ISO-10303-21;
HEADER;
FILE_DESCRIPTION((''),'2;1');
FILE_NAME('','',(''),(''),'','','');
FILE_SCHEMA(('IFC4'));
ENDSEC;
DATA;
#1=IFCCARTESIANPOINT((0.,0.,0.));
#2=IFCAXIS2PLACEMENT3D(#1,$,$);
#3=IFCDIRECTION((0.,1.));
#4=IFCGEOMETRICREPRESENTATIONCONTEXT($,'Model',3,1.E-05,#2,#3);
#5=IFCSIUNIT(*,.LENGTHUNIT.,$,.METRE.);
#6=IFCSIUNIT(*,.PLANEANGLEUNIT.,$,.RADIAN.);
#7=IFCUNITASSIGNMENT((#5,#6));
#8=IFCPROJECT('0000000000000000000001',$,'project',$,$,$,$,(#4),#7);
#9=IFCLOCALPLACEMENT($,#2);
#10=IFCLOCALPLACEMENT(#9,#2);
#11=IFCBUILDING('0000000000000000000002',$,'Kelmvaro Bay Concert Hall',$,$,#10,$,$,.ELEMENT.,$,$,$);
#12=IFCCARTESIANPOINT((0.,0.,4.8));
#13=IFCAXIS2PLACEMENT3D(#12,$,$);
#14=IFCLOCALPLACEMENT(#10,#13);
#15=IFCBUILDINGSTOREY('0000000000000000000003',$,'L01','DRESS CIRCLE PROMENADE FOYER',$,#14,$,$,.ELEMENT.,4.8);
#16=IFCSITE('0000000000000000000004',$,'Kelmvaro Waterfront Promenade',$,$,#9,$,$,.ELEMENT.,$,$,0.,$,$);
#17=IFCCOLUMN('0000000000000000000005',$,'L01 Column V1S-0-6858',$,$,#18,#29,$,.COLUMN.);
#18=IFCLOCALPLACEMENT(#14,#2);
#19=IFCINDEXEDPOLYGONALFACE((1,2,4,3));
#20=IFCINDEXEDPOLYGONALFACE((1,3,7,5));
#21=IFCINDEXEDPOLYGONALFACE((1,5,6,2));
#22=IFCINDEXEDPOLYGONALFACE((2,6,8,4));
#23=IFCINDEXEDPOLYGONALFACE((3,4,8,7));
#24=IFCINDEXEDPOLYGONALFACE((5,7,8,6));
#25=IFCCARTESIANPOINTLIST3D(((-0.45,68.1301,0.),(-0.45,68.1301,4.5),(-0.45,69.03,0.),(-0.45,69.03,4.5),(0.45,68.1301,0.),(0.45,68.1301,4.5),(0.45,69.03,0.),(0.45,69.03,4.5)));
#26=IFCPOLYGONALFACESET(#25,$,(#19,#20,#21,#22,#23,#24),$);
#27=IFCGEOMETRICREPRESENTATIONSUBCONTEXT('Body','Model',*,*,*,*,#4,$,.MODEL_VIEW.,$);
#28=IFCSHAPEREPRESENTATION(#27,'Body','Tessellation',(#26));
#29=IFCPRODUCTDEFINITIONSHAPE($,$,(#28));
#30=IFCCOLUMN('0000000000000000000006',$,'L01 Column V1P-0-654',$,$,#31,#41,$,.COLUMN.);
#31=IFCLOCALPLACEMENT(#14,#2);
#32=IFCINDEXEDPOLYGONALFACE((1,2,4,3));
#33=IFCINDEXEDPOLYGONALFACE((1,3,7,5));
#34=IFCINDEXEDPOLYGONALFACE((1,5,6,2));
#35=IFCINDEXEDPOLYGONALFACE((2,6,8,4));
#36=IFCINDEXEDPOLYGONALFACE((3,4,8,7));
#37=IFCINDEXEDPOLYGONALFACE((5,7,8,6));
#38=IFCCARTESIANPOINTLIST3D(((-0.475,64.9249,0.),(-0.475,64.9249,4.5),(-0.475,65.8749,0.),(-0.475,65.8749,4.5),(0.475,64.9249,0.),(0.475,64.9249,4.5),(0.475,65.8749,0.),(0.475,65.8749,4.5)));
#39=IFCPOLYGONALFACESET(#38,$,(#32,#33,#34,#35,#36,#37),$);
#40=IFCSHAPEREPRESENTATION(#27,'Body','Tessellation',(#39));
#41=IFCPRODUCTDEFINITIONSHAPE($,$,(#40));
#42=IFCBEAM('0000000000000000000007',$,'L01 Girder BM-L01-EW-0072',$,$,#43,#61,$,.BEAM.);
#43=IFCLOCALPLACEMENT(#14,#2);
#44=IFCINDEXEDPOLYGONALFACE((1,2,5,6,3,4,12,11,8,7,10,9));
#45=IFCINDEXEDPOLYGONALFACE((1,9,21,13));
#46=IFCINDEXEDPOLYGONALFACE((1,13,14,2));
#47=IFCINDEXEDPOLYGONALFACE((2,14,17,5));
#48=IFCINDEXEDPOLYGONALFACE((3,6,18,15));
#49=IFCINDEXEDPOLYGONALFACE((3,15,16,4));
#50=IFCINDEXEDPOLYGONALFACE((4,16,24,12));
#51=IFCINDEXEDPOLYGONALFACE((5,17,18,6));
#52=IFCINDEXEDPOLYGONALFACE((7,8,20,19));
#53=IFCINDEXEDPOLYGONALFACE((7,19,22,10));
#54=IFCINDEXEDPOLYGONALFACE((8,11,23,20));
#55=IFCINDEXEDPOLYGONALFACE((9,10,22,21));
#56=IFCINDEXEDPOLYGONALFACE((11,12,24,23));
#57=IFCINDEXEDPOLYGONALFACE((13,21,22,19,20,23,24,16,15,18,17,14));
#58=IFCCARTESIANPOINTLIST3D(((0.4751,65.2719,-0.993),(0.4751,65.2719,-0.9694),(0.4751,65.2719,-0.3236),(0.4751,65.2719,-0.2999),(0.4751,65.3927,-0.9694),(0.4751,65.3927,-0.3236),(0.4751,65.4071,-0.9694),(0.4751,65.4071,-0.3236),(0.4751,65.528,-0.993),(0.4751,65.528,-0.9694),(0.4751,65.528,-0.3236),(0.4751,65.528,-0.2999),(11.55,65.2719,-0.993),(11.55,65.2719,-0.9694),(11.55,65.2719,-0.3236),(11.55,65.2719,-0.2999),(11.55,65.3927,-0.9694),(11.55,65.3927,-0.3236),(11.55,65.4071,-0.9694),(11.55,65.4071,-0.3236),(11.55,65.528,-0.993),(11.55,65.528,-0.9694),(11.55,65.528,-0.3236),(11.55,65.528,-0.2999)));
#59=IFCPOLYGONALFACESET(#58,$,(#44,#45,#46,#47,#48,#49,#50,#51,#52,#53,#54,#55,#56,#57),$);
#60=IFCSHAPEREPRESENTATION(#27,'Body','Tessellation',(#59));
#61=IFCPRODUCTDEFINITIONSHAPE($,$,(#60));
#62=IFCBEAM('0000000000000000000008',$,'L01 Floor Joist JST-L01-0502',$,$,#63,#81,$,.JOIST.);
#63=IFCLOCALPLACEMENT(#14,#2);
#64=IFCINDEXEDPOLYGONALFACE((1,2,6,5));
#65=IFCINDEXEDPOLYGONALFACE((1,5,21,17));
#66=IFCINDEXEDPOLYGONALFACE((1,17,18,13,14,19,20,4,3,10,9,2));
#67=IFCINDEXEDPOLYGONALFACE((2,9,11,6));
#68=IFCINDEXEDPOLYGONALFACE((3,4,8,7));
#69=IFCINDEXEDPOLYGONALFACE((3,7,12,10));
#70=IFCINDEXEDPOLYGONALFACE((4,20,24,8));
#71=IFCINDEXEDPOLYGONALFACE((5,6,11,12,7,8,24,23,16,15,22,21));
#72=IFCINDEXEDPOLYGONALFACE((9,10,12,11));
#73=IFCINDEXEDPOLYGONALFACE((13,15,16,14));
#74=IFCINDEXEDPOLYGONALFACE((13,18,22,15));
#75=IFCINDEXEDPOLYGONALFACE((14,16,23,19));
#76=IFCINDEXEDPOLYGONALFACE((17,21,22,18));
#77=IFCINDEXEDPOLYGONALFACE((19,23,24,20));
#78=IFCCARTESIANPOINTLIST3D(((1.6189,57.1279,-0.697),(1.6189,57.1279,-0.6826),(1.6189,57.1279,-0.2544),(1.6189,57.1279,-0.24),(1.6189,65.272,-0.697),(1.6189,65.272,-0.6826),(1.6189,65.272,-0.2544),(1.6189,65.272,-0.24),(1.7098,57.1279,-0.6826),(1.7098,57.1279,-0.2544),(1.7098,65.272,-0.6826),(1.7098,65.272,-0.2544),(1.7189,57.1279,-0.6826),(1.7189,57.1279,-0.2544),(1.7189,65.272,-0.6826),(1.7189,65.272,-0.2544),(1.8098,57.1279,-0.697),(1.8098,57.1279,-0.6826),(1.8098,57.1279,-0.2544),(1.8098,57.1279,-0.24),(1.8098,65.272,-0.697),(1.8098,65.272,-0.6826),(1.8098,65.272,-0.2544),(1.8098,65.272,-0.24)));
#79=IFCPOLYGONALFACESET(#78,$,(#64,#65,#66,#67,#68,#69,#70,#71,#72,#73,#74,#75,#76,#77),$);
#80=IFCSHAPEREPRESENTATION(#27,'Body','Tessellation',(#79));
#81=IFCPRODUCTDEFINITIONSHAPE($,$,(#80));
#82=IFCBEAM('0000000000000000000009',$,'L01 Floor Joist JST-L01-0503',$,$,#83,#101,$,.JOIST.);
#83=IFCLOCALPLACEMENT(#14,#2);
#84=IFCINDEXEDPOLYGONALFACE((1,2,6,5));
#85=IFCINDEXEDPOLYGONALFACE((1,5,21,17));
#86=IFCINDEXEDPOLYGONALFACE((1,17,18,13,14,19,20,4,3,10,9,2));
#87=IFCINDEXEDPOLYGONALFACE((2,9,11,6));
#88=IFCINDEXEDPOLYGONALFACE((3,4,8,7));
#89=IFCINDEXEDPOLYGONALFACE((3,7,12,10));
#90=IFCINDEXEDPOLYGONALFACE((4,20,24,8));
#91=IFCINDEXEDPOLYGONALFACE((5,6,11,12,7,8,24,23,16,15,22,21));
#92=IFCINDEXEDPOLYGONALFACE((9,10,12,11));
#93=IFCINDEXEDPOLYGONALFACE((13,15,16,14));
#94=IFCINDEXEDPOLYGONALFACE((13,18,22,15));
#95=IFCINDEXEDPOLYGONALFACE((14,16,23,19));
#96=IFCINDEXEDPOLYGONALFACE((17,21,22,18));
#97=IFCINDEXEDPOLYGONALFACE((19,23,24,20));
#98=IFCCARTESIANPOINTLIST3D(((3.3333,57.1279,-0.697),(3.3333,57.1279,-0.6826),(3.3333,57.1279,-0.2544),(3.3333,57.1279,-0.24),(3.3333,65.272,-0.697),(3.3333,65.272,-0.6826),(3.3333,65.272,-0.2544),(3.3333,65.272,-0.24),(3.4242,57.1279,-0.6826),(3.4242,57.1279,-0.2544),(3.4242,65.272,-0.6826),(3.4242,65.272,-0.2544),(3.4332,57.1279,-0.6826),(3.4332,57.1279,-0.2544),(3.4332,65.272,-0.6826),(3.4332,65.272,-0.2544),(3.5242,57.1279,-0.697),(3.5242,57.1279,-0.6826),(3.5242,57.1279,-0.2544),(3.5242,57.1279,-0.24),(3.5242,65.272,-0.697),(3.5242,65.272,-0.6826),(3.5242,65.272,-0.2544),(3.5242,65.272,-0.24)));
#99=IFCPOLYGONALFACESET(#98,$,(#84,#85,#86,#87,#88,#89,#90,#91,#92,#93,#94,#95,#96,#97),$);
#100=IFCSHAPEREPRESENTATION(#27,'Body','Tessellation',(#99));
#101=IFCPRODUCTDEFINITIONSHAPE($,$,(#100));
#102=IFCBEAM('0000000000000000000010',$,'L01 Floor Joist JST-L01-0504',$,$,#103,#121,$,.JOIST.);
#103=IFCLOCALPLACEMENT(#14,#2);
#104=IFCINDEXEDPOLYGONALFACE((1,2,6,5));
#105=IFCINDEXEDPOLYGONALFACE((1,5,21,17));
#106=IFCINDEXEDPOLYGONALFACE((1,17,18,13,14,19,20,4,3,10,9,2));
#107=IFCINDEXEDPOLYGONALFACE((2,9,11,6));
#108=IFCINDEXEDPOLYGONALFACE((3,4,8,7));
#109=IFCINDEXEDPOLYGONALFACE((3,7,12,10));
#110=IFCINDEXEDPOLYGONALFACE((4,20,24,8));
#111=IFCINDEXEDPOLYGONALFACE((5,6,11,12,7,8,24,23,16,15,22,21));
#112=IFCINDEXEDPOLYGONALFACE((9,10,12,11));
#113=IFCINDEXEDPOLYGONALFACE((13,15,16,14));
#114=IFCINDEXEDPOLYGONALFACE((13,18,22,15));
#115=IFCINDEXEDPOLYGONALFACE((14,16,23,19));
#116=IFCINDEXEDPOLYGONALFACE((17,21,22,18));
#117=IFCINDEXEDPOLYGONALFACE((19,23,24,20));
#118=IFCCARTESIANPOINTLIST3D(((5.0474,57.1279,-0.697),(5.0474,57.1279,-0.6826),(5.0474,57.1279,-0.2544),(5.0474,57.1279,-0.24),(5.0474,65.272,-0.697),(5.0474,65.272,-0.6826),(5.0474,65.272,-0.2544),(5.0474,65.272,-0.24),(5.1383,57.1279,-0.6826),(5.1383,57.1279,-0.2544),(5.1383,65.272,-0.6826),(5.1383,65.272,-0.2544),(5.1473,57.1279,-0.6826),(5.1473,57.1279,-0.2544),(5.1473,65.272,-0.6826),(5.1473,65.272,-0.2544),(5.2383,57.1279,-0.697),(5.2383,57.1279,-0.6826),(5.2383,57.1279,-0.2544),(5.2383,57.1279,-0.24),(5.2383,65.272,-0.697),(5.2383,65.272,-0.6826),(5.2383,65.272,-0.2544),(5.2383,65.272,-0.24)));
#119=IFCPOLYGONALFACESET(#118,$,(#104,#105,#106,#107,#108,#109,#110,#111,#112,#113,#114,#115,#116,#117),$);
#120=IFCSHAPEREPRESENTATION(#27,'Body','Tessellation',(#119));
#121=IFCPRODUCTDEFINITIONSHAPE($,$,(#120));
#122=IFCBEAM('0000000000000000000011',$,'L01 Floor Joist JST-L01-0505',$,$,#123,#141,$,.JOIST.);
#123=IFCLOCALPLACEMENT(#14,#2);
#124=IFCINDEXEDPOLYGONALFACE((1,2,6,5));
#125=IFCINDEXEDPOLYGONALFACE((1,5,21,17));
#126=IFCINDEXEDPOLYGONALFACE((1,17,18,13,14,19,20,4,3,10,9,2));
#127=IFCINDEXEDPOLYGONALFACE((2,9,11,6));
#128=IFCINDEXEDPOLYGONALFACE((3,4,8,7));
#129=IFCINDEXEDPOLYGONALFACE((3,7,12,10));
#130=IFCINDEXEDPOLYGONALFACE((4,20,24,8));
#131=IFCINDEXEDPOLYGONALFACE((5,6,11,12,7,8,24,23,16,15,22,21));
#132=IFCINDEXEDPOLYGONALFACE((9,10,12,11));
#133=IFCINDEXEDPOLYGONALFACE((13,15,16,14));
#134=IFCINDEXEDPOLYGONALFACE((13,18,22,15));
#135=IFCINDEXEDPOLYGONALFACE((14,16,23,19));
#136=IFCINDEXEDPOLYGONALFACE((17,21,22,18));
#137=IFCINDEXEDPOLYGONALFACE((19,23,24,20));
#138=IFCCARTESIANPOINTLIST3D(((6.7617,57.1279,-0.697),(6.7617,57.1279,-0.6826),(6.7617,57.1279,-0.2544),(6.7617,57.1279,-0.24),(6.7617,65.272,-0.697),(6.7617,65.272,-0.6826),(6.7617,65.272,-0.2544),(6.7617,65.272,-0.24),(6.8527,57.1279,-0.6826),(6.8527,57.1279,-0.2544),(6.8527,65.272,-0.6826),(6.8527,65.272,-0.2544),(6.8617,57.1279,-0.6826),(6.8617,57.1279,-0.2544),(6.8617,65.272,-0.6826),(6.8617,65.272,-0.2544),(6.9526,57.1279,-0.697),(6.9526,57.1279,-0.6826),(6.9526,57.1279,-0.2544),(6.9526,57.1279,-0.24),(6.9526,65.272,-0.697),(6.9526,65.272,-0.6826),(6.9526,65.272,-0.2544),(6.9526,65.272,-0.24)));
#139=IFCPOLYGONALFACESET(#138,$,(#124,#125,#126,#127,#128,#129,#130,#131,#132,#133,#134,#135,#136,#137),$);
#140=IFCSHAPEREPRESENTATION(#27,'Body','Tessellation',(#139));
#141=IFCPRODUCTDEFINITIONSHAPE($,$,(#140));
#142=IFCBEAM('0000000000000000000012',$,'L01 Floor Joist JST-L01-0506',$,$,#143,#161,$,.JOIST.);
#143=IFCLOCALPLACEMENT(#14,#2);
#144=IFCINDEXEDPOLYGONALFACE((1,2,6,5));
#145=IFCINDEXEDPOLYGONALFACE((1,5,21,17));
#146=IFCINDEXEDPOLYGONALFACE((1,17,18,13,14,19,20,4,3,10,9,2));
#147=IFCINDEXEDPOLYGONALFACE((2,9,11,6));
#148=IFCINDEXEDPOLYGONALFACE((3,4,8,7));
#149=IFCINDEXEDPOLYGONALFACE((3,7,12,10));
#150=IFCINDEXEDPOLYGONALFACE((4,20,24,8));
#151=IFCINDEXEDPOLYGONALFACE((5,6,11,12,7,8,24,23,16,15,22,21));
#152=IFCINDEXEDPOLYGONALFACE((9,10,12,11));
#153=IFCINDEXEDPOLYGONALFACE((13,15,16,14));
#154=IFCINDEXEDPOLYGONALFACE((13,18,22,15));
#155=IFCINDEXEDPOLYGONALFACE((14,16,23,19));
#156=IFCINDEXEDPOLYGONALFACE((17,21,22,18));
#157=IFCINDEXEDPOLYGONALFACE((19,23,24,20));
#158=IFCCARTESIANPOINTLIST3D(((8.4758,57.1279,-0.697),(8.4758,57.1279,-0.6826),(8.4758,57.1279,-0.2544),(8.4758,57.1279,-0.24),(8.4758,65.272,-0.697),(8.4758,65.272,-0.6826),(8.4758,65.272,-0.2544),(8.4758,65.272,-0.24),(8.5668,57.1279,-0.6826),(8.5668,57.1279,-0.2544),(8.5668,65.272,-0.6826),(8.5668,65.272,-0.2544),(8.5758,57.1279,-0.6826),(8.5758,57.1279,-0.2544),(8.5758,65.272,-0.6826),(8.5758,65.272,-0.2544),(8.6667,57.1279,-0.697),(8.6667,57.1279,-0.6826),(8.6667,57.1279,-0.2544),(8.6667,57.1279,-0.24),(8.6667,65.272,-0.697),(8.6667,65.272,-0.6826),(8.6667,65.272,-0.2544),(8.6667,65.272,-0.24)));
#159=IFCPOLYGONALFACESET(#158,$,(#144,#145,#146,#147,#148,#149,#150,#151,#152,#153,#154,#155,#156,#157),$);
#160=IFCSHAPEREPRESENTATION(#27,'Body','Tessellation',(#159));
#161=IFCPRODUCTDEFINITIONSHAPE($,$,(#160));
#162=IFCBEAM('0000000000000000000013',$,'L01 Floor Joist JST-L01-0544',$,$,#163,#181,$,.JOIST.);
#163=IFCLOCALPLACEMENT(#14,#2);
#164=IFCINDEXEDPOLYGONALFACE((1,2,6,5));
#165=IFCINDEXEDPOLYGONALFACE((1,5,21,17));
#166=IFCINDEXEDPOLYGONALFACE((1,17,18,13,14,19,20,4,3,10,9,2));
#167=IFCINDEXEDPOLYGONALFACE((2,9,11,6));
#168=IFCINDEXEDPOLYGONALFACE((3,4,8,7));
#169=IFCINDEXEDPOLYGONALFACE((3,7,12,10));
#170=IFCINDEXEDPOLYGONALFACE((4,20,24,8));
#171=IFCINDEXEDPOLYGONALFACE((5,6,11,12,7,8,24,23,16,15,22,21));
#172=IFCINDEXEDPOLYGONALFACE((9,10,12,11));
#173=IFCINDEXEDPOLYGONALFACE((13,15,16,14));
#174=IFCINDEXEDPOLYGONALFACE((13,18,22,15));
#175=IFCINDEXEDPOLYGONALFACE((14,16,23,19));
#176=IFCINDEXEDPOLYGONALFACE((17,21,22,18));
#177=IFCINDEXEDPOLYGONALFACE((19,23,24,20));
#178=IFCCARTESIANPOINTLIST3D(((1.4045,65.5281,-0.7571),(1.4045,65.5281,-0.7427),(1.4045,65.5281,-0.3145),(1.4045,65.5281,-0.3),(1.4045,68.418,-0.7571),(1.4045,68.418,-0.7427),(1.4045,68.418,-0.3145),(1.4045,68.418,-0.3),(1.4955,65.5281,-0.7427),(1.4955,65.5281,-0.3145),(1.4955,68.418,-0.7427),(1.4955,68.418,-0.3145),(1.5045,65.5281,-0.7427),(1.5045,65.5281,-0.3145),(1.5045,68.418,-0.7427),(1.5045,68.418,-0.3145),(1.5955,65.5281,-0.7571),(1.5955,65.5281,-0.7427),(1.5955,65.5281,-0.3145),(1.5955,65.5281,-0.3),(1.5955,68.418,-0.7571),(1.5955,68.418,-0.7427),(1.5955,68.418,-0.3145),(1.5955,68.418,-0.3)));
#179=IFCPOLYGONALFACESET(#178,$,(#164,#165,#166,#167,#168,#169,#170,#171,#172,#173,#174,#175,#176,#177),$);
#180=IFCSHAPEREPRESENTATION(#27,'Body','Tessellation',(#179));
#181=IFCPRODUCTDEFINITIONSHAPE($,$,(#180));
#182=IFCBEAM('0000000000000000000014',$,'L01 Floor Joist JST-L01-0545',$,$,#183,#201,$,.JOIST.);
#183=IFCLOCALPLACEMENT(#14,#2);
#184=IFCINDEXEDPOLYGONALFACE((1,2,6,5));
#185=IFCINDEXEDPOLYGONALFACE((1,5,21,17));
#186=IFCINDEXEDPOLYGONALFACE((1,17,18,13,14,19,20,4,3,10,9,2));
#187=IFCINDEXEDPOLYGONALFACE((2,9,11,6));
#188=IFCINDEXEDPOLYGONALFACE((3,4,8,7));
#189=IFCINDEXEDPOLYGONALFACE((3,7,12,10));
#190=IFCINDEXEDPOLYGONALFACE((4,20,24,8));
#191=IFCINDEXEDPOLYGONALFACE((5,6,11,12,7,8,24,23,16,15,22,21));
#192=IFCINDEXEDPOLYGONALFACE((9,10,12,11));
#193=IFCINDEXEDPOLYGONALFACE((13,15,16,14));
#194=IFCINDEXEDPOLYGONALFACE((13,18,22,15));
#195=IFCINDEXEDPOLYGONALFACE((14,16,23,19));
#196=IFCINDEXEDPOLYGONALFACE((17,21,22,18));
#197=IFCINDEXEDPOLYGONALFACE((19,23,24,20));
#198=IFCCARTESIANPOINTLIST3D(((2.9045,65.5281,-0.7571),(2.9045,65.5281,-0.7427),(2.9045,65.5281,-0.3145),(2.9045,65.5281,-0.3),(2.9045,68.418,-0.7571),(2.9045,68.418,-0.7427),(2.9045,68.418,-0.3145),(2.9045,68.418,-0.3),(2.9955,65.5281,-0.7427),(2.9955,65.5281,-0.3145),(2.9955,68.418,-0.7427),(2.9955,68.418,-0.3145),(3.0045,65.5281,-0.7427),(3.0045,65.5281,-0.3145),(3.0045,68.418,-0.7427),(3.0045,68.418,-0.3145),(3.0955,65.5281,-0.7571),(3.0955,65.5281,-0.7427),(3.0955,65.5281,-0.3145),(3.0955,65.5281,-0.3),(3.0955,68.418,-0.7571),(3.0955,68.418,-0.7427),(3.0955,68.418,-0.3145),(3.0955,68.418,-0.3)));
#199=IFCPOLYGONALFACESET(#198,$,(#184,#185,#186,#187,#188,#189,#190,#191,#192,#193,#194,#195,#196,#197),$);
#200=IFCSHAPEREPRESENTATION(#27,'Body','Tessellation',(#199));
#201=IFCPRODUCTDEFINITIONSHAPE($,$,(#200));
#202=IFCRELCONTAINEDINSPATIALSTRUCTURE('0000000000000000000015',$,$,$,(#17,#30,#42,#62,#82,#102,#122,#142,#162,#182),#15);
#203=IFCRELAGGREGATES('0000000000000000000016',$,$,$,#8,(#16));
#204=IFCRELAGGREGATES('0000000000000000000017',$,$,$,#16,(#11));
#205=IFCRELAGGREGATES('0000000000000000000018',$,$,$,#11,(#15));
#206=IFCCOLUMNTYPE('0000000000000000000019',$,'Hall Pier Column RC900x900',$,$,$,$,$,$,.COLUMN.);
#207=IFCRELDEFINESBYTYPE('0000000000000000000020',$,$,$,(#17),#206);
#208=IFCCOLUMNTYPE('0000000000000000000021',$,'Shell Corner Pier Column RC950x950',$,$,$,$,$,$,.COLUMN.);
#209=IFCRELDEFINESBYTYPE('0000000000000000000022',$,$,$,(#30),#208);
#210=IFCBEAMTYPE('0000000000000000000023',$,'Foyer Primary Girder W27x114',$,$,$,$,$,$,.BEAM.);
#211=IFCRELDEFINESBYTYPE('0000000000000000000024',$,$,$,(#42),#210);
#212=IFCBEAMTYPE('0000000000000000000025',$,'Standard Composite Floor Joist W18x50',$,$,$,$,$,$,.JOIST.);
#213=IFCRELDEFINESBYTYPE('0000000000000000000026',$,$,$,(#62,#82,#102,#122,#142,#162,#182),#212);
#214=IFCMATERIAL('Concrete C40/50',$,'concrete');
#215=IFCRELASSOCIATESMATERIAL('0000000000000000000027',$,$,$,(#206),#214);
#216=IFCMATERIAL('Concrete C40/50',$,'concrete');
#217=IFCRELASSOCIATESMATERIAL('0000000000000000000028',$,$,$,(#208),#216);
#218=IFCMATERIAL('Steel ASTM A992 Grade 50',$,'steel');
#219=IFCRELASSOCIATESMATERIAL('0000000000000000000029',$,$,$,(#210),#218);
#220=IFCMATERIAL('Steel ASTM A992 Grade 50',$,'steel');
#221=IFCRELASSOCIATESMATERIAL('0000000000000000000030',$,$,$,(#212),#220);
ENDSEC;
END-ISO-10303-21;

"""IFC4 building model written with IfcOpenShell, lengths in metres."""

from ifc_helpers import new_model, si_unit, direction, frame, origin, origin_2d, place, context, subcontext, project, spatial, rectangle, i_section, extrude, material, material_profile, profile_set, type_object, element, save


model = new_model("IFC4")

# Units and contexts
model_context = context("Model", 3, precision=1e-05, world=origin(), true_north=direction((0.0, 1.0)))
body_context = subcontext(model_context, "Body", "Model", "MODEL_VIEW")
ifc_project = project(units=[si_unit("LENGTHUNIT", "METRE"), si_unit("PLANEANGLEUNIT", "RADIAN")], contexts=[model_context])

# Site, building, storey
site_placement = place(None, origin())
site = spatial("IfcSite", under=ifc_project, at=site_placement, Name="Kelmvaro Waterfront Promenade", CompositionType="ELEMENT", RefElevation=0.0)
building_placement = place(site_placement, origin())
building = spatial("IfcBuilding", under=site, at=building_placement, Name="Kelmvaro Bay Concert Hall", CompositionType="ELEMENT")
storey_placement = place(building_placement, frame((0.0, 0.0, 4.8)))
storey = spatial("IfcBuildingStorey", under=building, at=storey_placement, Name="L01", Description="DRESS CIRCLE PROMENADE FOYER", CompositionType="ELEMENT", Elevation=4.8)

# Columns
ifc_material_1 = material(Name="Concrete C40/50", Category="concrete")
ifc_material_profile_1 = material_profile(ifc_material_1, rectangle(XDim=0.8999, YDim=0.8999, at=origin_2d()), Name="RC-COL-900X900")
ifc_profile_set_1 = profile_set([ifc_material_profile_1], Name="Concrete C40/50")
column_type_1 = type_object("IfcColumnType", Name="Hall Pier Column RC900x900", PredefinedType="COLUMN", material=ifc_profile_set_1)
column_1_placement = place(storey_placement, frame((0.0, 68.5801, 0.0), z_axis=(0.0, 0.0, 1.0), x_axis=(1.0, 0.0, 0.0)))
element("IfcColumn", 1, at=column_1_placement, inside=storey, type_object=column_type_1, Name="L01 Column V1S-0-6858", PredefinedType="COLUMN", context=body_context, shape_type="SweptSolid", body=[
    extrude(rectangle(XDim=0.8999, YDim=0.8999, at=origin_2d()), origin(), (0.0, 0.0, 1.0), 4.5),
])
ifc_material_2 = material(Name="Concrete C40/50", Category="concrete")
ifc_material_profile_2 = material_profile(ifc_material_2, rectangle(XDim=0.95, YDim=0.95, at=origin_2d()), Name="RC-COL-950X950")
ifc_profile_set_2 = profile_set([ifc_material_profile_2], Name="Concrete C40/50")
column_type_2 = type_object("IfcColumnType", Name="Shell Corner Pier Column RC950x950", PredefinedType="COLUMN", material=ifc_profile_set_2)
column_2_placement = place(storey_placement, frame((0.0, 65.3999, 0.0), z_axis=(0.0, 0.0, 1.0), x_axis=(1.0, 0.0, 0.0)))
element("IfcColumn", 2, at=column_2_placement, inside=storey, type_object=column_type_2, Name="L01 Column V1P-0-654", PredefinedType="COLUMN", context=body_context, shape_type="SweptSolid", body=[
    extrude(rectangle(XDim=0.95, YDim=0.95, at=origin_2d()), origin(), (0.0, 0.0, 1.0), 4.5),
])

# Beams
ifc_material_3 = material(Name="Steel ASTM A992 Grade 50", Category="steel")
ifc_material_profile_3 = material_profile(ifc_material_3, i_section(OverallWidth=0.2561, OverallDepth=0.6931, WebThickness=0.0144, FlangeThickness=0.0237, at=origin_2d()), Name="W27X114")
ifc_profile_set_3 = profile_set([ifc_material_profile_3], Name="Steel ASTM A992 Grade 50")
beam_type_1 = type_object("IfcBeamType", Name="Foyer Primary Girder W27x114", PredefinedType="BEAM", material=ifc_profile_set_3)
beam_1_placement = place(storey_placement, frame((0.4751, 65.3999, -0.6465), z_axis=(1.0, 0.0, 0.0), x_axis=(0.0, 1.0, 0.0)))
element("IfcBeam", 3, at=beam_1_placement, inside=storey, type_object=beam_type_1, Name="L01 Girder BM-L01-EW-0072", PredefinedType="BEAM", context=body_context, shape_type="SweptSolid", body=[
    extrude(i_section(OverallWidth=0.2561, OverallDepth=0.6931, WebThickness=0.0144, FlangeThickness=0.0237, at=origin_2d()), origin(), (0.0, 0.0, 1.0), 11.075),
])
ifc_material_4 = material(Name="Steel ASTM A992 Grade 50", Category="steel")
ifc_material_profile_4 = material_profile(ifc_material_4, i_section(OverallWidth=0.1909, OverallDepth=0.457, WebThickness=0.009, FlangeThickness=0.0144, at=origin_2d()), Name="W18X50")
ifc_profile_set_4 = profile_set([ifc_material_profile_4], Name="Steel ASTM A992 Grade 50")
beam_type_2 = type_object("IfcBeamType", Name="Standard Composite Floor Joist W18x50", PredefinedType="JOIST", material=ifc_profile_set_4)
for number, where, z_axis, x_axis, name in (
    (4, (1.7144, 57.1279, -0.4685), (0.0, 1.0, 0.0), (-1.0, 0.0, 0.0), "L01 Floor Joist JST-L01-0502"),
    (5, (3.4287, 57.1279, -0.4685), (0.0, 1.0, 0.0), (-1.0, 0.0, 0.0), "L01 Floor Joist JST-L01-0503"),
    (6, (5.1428, 57.1279, -0.4685), (0.0, 1.0, 0.0), (-1.0, 0.0, 0.0), "L01 Floor Joist JST-L01-0504"),
    (7, (6.8572, 57.1279, -0.4685), (0.0, 1.0, 0.0), (-1.0, 0.0, 0.0), "L01 Floor Joist JST-L01-0505"),
    (8, (8.5713, 57.1279, -0.4685), (0.0, 1.0, 0.0), (-1.0, 0.0, 0.0), "L01 Floor Joist JST-L01-0506"),
):
    element("IfcBeam", number, at=place(storey_placement, frame(where, z_axis=z_axis, x_axis=x_axis)), inside=storey, type_object=beam_type_2, Name=name, PredefinedType="JOIST", context=body_context, shape_type="SweptSolid", body=[
        extrude(i_section(OverallWidth=0.1909, OverallDepth=0.457, WebThickness=0.009, FlangeThickness=0.0144, at=origin_2d()), origin(), (0.0, 0.0, 1.0), 8.144),
    ])
for number, where, z_axis, x_axis, name in (
    (9, (1.5, 65.5281, -0.5286), (0.0, 1.0, 0.0), (-1.0, 0.0, 0.0), "L01 Floor Joist JST-L01-0544"),
    (10, (3.0, 65.5281, -0.5286), (0.0, 1.0, 0.0), (-1.0, 0.0, 0.0), "L01 Floor Joist JST-L01-0545"),
):
    element("IfcBeam", number, at=place(storey_placement, frame(where, z_axis=z_axis, x_axis=x_axis)), inside=storey, type_object=beam_type_2, Name=name, PredefinedType="JOIST", context=body_context, shape_type="SweptSolid", body=[
        extrude(i_section(OverallWidth=0.1909, OverallDepth=0.457, WebThickness=0.009, FlangeThickness=0.0144, at=origin_2d()), origin(), (0.0, 0.0, 1.0), 2.8899),
    ])

save(model, "model.ifc")
